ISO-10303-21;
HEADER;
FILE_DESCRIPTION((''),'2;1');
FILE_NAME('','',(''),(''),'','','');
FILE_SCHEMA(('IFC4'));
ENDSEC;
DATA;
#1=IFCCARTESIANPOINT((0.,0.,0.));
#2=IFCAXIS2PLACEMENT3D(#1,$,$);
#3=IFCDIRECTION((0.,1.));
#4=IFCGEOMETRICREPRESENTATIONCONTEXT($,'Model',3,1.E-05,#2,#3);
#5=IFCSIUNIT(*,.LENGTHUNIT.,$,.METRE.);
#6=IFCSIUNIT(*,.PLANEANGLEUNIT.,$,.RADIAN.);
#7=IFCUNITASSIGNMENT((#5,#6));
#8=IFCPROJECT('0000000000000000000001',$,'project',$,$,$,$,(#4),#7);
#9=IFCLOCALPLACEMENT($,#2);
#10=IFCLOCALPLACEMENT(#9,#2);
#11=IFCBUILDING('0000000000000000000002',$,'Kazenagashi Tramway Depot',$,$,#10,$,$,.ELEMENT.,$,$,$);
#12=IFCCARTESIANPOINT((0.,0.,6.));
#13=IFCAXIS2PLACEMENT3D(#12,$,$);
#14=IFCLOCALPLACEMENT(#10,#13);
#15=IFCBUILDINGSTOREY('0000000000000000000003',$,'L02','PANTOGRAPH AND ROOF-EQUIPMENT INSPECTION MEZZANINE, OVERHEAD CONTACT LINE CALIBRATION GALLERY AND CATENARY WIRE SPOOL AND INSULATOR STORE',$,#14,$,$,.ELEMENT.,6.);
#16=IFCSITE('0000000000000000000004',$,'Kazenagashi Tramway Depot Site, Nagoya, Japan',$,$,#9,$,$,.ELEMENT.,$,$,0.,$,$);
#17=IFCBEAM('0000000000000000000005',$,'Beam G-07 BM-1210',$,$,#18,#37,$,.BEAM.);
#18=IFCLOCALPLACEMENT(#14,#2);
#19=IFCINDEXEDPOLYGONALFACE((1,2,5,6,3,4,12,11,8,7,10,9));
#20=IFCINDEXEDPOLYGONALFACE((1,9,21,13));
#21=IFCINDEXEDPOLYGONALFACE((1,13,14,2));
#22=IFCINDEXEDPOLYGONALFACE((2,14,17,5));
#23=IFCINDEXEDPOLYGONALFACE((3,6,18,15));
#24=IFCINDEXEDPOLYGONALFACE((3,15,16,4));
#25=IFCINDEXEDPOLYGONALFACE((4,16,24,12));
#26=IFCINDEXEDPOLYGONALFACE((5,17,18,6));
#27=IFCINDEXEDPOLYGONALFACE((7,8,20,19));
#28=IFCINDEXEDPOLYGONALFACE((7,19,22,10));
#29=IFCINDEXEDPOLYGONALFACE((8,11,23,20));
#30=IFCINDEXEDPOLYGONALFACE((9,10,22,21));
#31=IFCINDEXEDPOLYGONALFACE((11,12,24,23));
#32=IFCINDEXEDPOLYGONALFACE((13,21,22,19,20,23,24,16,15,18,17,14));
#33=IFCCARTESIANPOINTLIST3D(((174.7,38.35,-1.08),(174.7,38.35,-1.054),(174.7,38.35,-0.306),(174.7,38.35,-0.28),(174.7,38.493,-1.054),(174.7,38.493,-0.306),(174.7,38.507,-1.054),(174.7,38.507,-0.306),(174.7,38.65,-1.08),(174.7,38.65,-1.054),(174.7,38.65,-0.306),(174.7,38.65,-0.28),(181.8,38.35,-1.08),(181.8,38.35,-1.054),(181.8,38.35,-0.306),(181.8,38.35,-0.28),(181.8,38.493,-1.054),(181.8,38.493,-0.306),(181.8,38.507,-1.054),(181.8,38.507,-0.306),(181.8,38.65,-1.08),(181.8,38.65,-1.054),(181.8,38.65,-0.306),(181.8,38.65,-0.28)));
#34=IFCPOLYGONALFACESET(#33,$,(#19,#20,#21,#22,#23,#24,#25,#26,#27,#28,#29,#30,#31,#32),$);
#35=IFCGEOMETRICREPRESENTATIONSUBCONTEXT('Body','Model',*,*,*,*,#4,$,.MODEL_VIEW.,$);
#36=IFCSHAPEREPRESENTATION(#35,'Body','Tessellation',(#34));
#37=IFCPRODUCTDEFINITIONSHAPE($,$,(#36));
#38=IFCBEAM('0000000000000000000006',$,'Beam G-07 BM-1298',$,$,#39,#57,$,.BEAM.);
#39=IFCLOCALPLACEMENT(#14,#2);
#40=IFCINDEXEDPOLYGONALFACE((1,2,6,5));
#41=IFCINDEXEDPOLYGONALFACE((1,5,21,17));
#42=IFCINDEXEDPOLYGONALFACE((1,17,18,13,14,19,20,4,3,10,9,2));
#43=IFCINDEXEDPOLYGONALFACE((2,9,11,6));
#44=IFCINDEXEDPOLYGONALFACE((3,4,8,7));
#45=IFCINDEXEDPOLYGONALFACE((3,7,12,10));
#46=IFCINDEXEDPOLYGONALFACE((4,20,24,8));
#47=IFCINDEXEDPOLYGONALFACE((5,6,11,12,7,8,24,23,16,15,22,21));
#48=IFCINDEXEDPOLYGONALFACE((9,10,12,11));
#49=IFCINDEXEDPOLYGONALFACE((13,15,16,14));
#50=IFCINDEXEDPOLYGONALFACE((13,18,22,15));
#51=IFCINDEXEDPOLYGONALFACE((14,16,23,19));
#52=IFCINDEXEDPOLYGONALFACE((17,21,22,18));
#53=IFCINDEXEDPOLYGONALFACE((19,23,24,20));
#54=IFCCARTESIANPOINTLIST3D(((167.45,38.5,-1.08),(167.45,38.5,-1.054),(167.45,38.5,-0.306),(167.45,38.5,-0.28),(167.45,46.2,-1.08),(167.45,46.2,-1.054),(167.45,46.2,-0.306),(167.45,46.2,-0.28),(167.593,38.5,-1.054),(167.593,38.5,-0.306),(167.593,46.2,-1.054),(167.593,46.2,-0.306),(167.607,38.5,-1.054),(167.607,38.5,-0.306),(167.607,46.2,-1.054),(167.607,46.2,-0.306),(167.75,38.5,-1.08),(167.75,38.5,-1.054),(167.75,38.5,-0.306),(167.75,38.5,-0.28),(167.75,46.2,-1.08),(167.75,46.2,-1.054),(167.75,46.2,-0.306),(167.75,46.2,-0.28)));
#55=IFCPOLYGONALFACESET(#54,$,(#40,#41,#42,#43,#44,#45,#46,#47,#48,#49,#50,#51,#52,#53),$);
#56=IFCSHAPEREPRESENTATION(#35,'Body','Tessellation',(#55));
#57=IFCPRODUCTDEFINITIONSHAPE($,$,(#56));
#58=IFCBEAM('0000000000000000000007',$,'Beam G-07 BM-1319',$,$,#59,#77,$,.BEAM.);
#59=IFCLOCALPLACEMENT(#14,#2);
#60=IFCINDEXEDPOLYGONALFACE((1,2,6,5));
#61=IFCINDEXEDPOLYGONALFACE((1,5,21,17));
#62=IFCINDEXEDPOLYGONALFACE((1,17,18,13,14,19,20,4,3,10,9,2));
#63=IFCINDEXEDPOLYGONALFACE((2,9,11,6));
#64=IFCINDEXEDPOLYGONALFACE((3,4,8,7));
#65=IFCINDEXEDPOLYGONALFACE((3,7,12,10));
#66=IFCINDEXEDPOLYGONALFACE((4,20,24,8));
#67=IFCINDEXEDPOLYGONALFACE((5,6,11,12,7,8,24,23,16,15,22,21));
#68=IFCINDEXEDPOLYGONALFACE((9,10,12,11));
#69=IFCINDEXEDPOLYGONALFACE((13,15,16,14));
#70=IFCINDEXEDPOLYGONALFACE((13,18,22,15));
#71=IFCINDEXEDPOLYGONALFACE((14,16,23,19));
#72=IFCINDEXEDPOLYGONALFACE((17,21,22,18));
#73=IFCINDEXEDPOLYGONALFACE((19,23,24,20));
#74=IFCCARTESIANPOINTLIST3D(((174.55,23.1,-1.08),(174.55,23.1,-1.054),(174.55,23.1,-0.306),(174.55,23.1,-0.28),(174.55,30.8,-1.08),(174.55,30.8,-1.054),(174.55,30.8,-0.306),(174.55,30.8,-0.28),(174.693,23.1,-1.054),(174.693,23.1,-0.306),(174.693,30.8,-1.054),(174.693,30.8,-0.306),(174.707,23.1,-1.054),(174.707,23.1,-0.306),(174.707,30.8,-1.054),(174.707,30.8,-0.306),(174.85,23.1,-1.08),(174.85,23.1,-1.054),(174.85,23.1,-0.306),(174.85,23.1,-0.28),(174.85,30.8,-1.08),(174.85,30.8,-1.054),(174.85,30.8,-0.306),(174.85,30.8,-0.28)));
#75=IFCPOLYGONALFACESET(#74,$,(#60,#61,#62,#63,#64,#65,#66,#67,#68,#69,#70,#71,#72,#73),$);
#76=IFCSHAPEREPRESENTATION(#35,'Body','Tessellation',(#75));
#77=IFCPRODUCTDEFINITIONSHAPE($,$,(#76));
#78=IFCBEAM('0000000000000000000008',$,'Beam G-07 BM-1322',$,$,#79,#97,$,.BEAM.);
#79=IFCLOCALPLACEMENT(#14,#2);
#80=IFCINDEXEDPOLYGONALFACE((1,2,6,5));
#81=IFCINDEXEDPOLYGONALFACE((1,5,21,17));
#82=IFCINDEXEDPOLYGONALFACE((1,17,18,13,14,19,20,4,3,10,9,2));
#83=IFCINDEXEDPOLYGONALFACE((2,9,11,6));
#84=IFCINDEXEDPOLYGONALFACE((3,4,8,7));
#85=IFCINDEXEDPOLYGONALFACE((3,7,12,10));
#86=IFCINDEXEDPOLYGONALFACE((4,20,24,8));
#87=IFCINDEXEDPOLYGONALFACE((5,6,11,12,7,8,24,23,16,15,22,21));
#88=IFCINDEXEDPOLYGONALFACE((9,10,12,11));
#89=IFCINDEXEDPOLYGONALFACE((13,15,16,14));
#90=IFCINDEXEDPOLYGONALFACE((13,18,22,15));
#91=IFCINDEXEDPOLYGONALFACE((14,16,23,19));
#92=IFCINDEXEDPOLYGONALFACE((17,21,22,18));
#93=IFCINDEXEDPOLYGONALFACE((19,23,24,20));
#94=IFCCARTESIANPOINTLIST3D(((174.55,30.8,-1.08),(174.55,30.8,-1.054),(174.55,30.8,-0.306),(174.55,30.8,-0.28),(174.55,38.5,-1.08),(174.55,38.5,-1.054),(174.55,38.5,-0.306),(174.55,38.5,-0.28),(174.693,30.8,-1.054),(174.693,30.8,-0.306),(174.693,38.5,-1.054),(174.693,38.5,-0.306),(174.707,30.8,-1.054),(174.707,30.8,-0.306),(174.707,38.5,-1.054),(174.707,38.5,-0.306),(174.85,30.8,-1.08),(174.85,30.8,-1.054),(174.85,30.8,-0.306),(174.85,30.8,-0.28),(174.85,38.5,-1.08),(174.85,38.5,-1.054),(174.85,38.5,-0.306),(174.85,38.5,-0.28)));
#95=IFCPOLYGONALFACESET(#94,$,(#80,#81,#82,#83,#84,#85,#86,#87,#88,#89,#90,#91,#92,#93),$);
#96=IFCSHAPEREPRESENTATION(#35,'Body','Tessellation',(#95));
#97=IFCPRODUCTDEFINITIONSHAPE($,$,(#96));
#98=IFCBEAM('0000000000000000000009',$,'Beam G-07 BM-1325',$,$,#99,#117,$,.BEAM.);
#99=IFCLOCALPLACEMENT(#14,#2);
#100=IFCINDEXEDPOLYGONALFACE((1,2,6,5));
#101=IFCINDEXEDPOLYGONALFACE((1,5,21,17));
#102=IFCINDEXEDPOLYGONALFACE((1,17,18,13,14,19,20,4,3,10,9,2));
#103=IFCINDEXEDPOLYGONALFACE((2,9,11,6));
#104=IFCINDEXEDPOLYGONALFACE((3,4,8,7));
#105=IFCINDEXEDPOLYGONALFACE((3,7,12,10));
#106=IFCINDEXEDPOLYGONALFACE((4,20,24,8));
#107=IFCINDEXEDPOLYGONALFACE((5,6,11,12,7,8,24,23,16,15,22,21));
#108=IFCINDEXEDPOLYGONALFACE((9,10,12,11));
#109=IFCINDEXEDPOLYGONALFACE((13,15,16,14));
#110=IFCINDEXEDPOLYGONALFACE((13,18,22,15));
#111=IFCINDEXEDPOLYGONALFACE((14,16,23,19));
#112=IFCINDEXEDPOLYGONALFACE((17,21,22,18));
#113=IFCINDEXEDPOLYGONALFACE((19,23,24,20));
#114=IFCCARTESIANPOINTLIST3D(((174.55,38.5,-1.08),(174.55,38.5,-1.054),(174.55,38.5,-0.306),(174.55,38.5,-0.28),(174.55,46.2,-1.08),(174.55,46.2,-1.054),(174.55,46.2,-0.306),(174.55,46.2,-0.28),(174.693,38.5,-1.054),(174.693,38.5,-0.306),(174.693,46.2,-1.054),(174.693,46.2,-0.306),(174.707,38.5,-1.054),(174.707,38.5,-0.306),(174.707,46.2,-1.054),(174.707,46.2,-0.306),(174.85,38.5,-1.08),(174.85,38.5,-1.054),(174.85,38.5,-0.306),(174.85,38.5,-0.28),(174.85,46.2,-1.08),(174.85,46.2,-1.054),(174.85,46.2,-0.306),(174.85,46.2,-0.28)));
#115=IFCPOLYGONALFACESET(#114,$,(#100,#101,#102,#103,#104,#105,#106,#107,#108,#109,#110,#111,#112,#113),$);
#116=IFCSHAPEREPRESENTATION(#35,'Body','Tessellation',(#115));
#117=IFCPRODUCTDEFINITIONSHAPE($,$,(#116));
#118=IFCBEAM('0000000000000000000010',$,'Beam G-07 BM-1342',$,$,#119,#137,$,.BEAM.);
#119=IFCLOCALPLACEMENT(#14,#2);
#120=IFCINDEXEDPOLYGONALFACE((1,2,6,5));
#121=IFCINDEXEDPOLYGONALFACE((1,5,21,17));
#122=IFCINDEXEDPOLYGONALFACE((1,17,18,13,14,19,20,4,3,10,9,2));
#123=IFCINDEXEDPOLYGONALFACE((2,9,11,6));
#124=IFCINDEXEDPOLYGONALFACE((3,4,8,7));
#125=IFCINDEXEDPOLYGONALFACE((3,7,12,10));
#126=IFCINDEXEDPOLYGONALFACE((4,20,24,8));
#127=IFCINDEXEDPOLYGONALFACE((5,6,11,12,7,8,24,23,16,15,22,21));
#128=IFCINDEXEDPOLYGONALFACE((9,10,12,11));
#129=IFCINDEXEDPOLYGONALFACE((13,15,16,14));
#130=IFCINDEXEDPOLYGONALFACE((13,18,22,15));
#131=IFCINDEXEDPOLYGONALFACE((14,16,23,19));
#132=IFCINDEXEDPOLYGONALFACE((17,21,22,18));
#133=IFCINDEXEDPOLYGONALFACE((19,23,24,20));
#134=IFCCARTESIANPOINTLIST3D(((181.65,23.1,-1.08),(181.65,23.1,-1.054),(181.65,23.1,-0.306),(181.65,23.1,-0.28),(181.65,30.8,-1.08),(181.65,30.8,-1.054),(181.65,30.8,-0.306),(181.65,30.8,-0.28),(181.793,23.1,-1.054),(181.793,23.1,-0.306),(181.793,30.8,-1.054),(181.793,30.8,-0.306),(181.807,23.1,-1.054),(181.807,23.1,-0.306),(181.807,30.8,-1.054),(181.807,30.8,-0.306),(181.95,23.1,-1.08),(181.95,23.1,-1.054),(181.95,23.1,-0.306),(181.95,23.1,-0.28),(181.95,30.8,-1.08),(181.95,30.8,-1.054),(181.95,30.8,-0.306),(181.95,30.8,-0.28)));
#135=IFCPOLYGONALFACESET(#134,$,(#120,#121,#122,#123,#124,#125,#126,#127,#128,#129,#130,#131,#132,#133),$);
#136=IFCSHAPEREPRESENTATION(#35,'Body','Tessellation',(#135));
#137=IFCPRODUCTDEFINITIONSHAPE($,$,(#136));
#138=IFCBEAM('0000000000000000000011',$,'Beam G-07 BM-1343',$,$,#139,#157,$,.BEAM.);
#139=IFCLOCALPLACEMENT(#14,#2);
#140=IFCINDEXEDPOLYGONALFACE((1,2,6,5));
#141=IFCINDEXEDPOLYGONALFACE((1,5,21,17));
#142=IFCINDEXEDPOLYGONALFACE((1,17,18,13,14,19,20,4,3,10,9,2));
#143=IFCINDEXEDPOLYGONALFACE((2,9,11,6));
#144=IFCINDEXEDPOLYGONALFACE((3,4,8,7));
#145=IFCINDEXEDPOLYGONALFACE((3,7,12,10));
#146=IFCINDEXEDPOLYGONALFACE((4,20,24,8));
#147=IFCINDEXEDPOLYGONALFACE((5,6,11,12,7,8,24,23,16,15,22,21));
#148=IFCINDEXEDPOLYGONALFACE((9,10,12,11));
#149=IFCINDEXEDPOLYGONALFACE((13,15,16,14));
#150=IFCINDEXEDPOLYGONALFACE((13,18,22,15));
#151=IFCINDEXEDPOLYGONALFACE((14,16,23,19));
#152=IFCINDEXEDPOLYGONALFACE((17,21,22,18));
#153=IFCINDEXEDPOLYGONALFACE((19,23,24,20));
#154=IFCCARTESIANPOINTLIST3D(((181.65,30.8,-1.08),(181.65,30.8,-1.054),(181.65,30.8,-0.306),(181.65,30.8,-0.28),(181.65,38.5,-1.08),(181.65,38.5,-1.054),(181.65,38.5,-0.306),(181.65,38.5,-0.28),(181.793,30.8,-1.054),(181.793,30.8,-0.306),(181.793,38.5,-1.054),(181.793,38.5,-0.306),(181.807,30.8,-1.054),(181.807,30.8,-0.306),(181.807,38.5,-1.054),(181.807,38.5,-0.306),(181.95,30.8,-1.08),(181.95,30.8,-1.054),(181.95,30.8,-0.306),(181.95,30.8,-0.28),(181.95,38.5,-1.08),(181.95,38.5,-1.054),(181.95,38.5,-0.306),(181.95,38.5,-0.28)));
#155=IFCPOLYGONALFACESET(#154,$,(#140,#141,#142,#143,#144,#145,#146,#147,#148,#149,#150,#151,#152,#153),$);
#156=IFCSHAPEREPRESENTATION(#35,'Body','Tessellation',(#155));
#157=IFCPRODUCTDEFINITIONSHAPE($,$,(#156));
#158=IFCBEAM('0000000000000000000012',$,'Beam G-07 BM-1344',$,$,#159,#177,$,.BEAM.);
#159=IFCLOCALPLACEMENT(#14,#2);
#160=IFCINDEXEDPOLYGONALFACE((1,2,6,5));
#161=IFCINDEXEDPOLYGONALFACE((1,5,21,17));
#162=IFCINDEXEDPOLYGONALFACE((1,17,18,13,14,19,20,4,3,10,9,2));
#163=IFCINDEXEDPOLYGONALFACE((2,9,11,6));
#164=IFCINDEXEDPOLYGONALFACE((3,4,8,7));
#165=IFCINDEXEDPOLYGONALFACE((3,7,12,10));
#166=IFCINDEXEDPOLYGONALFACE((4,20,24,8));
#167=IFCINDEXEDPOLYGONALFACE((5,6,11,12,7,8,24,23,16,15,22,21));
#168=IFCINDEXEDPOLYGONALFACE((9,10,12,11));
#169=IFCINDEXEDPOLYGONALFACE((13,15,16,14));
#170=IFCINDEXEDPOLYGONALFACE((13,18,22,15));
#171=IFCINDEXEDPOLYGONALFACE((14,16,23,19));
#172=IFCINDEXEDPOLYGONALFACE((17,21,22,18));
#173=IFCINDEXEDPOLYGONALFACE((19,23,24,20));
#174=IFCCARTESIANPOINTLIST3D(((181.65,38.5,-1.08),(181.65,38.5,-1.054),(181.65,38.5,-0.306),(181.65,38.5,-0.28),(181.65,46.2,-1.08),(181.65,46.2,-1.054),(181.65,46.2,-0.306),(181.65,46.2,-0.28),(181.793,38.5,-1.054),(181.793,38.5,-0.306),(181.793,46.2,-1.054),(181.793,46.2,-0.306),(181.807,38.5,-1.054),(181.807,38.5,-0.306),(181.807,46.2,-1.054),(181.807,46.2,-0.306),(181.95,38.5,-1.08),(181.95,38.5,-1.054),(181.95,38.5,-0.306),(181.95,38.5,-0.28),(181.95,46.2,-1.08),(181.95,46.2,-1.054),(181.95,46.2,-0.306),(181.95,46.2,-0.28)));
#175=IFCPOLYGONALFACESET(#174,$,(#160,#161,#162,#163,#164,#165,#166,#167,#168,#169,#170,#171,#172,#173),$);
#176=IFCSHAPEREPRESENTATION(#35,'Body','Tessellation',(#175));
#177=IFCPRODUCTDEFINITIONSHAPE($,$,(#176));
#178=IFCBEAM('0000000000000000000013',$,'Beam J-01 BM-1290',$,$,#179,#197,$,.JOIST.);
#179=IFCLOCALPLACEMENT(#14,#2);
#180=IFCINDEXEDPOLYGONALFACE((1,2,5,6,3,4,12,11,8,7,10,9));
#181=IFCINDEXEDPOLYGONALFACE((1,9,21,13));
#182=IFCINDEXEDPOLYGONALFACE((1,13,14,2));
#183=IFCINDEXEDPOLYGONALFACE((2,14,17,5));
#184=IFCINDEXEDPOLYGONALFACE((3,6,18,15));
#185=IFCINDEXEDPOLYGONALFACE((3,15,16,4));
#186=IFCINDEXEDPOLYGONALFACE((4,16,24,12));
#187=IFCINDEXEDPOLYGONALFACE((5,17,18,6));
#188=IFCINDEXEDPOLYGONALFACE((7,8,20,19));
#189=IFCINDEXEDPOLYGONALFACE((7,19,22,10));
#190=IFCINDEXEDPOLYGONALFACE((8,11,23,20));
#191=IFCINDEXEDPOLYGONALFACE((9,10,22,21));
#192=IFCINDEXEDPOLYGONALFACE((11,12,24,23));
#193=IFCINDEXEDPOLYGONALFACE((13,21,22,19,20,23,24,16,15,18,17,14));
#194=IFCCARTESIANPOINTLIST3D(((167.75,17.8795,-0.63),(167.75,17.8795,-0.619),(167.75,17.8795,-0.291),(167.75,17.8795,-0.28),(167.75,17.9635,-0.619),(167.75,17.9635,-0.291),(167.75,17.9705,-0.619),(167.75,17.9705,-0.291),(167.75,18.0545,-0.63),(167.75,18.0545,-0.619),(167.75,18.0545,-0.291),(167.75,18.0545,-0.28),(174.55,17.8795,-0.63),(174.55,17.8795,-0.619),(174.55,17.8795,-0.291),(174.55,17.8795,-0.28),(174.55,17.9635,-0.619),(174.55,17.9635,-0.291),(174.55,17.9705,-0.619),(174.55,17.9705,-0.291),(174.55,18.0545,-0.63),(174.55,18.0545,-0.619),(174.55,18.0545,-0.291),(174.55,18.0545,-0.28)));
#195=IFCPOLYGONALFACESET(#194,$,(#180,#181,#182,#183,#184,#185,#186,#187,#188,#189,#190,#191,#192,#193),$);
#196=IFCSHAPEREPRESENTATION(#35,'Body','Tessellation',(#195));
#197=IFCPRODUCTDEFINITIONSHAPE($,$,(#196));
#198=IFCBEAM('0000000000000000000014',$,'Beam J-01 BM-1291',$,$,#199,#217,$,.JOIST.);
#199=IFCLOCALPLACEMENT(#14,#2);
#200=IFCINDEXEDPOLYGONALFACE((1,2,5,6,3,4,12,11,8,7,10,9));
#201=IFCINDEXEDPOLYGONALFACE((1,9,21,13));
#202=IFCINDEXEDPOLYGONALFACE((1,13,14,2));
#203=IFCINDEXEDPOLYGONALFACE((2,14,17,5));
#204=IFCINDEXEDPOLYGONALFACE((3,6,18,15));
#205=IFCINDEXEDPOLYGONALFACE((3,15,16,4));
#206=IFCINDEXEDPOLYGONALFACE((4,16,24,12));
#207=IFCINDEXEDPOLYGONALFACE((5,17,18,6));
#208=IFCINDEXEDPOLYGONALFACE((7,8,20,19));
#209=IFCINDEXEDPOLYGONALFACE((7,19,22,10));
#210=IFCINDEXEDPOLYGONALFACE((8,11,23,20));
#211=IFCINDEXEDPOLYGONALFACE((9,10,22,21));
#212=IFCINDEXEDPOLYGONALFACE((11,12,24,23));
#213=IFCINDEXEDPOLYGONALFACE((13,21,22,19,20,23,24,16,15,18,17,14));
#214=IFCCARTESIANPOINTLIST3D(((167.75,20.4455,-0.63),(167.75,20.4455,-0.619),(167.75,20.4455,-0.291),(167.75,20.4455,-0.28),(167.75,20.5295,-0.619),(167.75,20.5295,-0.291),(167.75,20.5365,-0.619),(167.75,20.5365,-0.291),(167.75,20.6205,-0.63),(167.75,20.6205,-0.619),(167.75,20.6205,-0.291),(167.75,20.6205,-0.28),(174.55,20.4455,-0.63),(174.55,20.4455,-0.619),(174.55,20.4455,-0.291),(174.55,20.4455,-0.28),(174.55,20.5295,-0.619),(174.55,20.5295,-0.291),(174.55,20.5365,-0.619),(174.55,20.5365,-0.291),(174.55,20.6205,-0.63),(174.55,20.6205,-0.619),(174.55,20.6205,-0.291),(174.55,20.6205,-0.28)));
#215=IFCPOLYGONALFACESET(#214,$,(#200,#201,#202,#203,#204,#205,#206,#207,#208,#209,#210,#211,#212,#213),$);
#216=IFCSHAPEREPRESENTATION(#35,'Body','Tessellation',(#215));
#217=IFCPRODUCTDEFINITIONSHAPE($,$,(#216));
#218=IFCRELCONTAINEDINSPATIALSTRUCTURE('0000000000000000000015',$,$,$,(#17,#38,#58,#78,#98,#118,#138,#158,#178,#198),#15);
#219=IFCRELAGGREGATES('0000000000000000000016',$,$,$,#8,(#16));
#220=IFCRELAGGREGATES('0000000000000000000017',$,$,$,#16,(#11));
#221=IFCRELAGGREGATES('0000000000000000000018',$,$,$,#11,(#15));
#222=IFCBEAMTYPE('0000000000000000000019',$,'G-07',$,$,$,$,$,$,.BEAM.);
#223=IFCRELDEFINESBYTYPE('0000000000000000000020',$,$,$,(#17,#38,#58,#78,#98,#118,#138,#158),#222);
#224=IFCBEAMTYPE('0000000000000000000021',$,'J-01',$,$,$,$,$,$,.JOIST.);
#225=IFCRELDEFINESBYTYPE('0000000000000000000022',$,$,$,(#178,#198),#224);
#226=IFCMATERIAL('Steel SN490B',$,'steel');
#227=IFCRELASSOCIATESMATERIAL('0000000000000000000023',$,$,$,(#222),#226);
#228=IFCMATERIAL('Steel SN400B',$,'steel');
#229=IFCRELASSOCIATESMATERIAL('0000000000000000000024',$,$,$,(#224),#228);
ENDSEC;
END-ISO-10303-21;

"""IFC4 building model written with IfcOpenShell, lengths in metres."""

from ifc_helpers import new_model, si_unit, direction, frame, origin, origin_2d, place, context, subcontext, project, spatial, i_section, extrude, material, material_profile, profile_set, type_object, element, save


model = new_model("IFC4")

# Units and contexts
model_context = context("Model", 3, precision=1e-05, world=origin(), true_north=direction((0.0, 1.0)))
body_context = subcontext(model_context, "Body", "Model", "MODEL_VIEW")
ifc_project = project(units=[si_unit("LENGTHUNIT", "METRE"), si_unit("PLANEANGLEUNIT", "RADIAN")], contexts=[model_context])

# Site, building, storey
site_placement = place(None, origin())
site = spatial("IfcSite", under=ifc_project, at=site_placement, Name="Kazenagashi Tramway Depot Site, Nagoya, Japan", CompositionType="ELEMENT", RefElevation=0.0)
building_placement = place(site_placement, origin())
building = spatial("IfcBuilding", under=site, at=building_placement, Name="Kazenagashi Tramway Depot", CompositionType="ELEMENT")
storey_placement = place(building_placement, frame((0.0, 0.0, 6.0)))
storey = spatial("IfcBuildingStorey", under=building, at=storey_placement, Name="L02", Description="PANTOGRAPH AND ROOF-EQUIPMENT INSPECTION MEZZANINE, OVERHEAD CONTACT LINE CALIBRATION GALLERY AND CATENARY WIRE SPOOL AND INSULATOR STORE", CompositionType="ELEMENT", Elevation=6.0)

# Shared definitions
ifc_material_1 = material(Name="Steel SN490B", Category="steel")

# Beams
ifc_material_profile_1 = material_profile(ifc_material_1, i_section(OverallWidth=0.3, OverallDepth=0.8, WebThickness=0.014, FlangeThickness=0.026, at=origin_2d()), Name="H-800x300x14x26")
ifc_profile_set_1 = profile_set([ifc_material_profile_1], Name="Steel SN490B")
beam_type_1 = type_object("IfcBeamType", Name="G-07", PredefinedType="BEAM", material=ifc_profile_set_1)
for number, where, z_axis, x_axis, name in (
    (1, (174.7, 38.5, -0.68), (1.0, 0.0, 0.0), (0.0, 1.0, 0.0), "Beam G-07 BM-1210"),
):
    element("IfcBeam", number, at=place(storey_placement, frame(where, z_axis=z_axis, x_axis=x_axis)), inside=storey, type_object=beam_type_1, Name=name, PredefinedType="BEAM", context=body_context, shape_type="SweptSolid", body=[
        extrude(i_section(OverallWidth=0.3, OverallDepth=0.8, WebThickness=0.014, FlangeThickness=0.026, at=origin_2d()), origin(), (0.0, 0.0, 1.0), 7.1),
    ])
for number, where, z_axis, x_axis, name in (
    (2, (167.6, 38.5, -0.68), (0.0, 1.0, 0.0), (-1.0, 0.0, 0.0), "Beam G-07 BM-1298"),
    (3, (174.7, 23.1, -0.68), (0.0, 1.0, 0.0), (-1.0, 0.0, 0.0), "Beam G-07 BM-1319"),
    (4, (174.7, 30.8, -0.68), (0.0, 1.0, 0.0), (-1.0, 0.0, 0.0), "Beam G-07 BM-1322"),
    (5, (174.7, 38.5, -0.68), (0.0, 1.0, 0.0), (-1.0, 0.0, 0.0), "Beam G-07 BM-1325"),
    (6, (181.8, 23.1, -0.68), (0.0, 1.0, 0.0), (-1.0, 0.0, 0.0), "Beam G-07 BM-1342"),
    (7, (181.8, 30.8, -0.68), (0.0, 1.0, 0.0), (-1.0, 0.0, 0.0), "Beam G-07 BM-1343"),
    (8, (181.8, 38.5, -0.68), (0.0, 1.0, 0.0), (-1.0, 0.0, 0.0), "Beam G-07 BM-1344"),
):
    element("IfcBeam", number, at=place(storey_placement, frame(where, z_axis=z_axis, x_axis=x_axis)), inside=storey, type_object=beam_type_1, Name=name, PredefinedType="BEAM", context=body_context, shape_type="SweptSolid", body=[
        extrude(i_section(OverallWidth=0.3, OverallDepth=0.8, WebThickness=0.014, FlangeThickness=0.026, at=origin_2d()), origin(), (0.0, 0.0, 1.0), 7.7),
    ])
ifc_material_2 = material(Name="Steel SN400B", Category="steel")
ifc_material_profile_2 = material_profile(ifc_material_2, i_section(OverallWidth=0.175, OverallDepth=0.35, WebThickness=0.007, FlangeThickness=0.011, at=origin_2d()), Name="H-350x175x7x11")
ifc_profile_set_2 = profile_set([ifc_material_profile_2], Name="Steel SN400B")
beam_type_2 = type_object("IfcBeamType", Name="J-01", PredefinedType="JOIST", material=ifc_profile_set_2)
for number, where, z_axis, x_axis, name in (
    (9, (167.75, 17.967, -0.455), (1.0, 0.0, 0.0), (0.0, 1.0, 0.0), "Beam J-01 BM-1290"),
    (10, (167.75, 20.533, -0.455), (1.0, 0.0, 0.0), (0.0, 1.0, 0.0), "Beam J-01 BM-1291"),
):
    element("IfcBeam", number, at=place(storey_placement, frame(where, z_axis=z_axis, x_axis=x_axis)), inside=storey, type_object=beam_type_2, Name=name, PredefinedType="JOIST", context=body_context, shape_type="SweptSolid", body=[
        extrude(i_section(OverallWidth=0.175, OverallDepth=0.35, WebThickness=0.007, FlangeThickness=0.011, at=origin_2d()), origin(), (0.0, 0.0, 1.0), 6.8),
    ])

save(model, "model.ifc")
